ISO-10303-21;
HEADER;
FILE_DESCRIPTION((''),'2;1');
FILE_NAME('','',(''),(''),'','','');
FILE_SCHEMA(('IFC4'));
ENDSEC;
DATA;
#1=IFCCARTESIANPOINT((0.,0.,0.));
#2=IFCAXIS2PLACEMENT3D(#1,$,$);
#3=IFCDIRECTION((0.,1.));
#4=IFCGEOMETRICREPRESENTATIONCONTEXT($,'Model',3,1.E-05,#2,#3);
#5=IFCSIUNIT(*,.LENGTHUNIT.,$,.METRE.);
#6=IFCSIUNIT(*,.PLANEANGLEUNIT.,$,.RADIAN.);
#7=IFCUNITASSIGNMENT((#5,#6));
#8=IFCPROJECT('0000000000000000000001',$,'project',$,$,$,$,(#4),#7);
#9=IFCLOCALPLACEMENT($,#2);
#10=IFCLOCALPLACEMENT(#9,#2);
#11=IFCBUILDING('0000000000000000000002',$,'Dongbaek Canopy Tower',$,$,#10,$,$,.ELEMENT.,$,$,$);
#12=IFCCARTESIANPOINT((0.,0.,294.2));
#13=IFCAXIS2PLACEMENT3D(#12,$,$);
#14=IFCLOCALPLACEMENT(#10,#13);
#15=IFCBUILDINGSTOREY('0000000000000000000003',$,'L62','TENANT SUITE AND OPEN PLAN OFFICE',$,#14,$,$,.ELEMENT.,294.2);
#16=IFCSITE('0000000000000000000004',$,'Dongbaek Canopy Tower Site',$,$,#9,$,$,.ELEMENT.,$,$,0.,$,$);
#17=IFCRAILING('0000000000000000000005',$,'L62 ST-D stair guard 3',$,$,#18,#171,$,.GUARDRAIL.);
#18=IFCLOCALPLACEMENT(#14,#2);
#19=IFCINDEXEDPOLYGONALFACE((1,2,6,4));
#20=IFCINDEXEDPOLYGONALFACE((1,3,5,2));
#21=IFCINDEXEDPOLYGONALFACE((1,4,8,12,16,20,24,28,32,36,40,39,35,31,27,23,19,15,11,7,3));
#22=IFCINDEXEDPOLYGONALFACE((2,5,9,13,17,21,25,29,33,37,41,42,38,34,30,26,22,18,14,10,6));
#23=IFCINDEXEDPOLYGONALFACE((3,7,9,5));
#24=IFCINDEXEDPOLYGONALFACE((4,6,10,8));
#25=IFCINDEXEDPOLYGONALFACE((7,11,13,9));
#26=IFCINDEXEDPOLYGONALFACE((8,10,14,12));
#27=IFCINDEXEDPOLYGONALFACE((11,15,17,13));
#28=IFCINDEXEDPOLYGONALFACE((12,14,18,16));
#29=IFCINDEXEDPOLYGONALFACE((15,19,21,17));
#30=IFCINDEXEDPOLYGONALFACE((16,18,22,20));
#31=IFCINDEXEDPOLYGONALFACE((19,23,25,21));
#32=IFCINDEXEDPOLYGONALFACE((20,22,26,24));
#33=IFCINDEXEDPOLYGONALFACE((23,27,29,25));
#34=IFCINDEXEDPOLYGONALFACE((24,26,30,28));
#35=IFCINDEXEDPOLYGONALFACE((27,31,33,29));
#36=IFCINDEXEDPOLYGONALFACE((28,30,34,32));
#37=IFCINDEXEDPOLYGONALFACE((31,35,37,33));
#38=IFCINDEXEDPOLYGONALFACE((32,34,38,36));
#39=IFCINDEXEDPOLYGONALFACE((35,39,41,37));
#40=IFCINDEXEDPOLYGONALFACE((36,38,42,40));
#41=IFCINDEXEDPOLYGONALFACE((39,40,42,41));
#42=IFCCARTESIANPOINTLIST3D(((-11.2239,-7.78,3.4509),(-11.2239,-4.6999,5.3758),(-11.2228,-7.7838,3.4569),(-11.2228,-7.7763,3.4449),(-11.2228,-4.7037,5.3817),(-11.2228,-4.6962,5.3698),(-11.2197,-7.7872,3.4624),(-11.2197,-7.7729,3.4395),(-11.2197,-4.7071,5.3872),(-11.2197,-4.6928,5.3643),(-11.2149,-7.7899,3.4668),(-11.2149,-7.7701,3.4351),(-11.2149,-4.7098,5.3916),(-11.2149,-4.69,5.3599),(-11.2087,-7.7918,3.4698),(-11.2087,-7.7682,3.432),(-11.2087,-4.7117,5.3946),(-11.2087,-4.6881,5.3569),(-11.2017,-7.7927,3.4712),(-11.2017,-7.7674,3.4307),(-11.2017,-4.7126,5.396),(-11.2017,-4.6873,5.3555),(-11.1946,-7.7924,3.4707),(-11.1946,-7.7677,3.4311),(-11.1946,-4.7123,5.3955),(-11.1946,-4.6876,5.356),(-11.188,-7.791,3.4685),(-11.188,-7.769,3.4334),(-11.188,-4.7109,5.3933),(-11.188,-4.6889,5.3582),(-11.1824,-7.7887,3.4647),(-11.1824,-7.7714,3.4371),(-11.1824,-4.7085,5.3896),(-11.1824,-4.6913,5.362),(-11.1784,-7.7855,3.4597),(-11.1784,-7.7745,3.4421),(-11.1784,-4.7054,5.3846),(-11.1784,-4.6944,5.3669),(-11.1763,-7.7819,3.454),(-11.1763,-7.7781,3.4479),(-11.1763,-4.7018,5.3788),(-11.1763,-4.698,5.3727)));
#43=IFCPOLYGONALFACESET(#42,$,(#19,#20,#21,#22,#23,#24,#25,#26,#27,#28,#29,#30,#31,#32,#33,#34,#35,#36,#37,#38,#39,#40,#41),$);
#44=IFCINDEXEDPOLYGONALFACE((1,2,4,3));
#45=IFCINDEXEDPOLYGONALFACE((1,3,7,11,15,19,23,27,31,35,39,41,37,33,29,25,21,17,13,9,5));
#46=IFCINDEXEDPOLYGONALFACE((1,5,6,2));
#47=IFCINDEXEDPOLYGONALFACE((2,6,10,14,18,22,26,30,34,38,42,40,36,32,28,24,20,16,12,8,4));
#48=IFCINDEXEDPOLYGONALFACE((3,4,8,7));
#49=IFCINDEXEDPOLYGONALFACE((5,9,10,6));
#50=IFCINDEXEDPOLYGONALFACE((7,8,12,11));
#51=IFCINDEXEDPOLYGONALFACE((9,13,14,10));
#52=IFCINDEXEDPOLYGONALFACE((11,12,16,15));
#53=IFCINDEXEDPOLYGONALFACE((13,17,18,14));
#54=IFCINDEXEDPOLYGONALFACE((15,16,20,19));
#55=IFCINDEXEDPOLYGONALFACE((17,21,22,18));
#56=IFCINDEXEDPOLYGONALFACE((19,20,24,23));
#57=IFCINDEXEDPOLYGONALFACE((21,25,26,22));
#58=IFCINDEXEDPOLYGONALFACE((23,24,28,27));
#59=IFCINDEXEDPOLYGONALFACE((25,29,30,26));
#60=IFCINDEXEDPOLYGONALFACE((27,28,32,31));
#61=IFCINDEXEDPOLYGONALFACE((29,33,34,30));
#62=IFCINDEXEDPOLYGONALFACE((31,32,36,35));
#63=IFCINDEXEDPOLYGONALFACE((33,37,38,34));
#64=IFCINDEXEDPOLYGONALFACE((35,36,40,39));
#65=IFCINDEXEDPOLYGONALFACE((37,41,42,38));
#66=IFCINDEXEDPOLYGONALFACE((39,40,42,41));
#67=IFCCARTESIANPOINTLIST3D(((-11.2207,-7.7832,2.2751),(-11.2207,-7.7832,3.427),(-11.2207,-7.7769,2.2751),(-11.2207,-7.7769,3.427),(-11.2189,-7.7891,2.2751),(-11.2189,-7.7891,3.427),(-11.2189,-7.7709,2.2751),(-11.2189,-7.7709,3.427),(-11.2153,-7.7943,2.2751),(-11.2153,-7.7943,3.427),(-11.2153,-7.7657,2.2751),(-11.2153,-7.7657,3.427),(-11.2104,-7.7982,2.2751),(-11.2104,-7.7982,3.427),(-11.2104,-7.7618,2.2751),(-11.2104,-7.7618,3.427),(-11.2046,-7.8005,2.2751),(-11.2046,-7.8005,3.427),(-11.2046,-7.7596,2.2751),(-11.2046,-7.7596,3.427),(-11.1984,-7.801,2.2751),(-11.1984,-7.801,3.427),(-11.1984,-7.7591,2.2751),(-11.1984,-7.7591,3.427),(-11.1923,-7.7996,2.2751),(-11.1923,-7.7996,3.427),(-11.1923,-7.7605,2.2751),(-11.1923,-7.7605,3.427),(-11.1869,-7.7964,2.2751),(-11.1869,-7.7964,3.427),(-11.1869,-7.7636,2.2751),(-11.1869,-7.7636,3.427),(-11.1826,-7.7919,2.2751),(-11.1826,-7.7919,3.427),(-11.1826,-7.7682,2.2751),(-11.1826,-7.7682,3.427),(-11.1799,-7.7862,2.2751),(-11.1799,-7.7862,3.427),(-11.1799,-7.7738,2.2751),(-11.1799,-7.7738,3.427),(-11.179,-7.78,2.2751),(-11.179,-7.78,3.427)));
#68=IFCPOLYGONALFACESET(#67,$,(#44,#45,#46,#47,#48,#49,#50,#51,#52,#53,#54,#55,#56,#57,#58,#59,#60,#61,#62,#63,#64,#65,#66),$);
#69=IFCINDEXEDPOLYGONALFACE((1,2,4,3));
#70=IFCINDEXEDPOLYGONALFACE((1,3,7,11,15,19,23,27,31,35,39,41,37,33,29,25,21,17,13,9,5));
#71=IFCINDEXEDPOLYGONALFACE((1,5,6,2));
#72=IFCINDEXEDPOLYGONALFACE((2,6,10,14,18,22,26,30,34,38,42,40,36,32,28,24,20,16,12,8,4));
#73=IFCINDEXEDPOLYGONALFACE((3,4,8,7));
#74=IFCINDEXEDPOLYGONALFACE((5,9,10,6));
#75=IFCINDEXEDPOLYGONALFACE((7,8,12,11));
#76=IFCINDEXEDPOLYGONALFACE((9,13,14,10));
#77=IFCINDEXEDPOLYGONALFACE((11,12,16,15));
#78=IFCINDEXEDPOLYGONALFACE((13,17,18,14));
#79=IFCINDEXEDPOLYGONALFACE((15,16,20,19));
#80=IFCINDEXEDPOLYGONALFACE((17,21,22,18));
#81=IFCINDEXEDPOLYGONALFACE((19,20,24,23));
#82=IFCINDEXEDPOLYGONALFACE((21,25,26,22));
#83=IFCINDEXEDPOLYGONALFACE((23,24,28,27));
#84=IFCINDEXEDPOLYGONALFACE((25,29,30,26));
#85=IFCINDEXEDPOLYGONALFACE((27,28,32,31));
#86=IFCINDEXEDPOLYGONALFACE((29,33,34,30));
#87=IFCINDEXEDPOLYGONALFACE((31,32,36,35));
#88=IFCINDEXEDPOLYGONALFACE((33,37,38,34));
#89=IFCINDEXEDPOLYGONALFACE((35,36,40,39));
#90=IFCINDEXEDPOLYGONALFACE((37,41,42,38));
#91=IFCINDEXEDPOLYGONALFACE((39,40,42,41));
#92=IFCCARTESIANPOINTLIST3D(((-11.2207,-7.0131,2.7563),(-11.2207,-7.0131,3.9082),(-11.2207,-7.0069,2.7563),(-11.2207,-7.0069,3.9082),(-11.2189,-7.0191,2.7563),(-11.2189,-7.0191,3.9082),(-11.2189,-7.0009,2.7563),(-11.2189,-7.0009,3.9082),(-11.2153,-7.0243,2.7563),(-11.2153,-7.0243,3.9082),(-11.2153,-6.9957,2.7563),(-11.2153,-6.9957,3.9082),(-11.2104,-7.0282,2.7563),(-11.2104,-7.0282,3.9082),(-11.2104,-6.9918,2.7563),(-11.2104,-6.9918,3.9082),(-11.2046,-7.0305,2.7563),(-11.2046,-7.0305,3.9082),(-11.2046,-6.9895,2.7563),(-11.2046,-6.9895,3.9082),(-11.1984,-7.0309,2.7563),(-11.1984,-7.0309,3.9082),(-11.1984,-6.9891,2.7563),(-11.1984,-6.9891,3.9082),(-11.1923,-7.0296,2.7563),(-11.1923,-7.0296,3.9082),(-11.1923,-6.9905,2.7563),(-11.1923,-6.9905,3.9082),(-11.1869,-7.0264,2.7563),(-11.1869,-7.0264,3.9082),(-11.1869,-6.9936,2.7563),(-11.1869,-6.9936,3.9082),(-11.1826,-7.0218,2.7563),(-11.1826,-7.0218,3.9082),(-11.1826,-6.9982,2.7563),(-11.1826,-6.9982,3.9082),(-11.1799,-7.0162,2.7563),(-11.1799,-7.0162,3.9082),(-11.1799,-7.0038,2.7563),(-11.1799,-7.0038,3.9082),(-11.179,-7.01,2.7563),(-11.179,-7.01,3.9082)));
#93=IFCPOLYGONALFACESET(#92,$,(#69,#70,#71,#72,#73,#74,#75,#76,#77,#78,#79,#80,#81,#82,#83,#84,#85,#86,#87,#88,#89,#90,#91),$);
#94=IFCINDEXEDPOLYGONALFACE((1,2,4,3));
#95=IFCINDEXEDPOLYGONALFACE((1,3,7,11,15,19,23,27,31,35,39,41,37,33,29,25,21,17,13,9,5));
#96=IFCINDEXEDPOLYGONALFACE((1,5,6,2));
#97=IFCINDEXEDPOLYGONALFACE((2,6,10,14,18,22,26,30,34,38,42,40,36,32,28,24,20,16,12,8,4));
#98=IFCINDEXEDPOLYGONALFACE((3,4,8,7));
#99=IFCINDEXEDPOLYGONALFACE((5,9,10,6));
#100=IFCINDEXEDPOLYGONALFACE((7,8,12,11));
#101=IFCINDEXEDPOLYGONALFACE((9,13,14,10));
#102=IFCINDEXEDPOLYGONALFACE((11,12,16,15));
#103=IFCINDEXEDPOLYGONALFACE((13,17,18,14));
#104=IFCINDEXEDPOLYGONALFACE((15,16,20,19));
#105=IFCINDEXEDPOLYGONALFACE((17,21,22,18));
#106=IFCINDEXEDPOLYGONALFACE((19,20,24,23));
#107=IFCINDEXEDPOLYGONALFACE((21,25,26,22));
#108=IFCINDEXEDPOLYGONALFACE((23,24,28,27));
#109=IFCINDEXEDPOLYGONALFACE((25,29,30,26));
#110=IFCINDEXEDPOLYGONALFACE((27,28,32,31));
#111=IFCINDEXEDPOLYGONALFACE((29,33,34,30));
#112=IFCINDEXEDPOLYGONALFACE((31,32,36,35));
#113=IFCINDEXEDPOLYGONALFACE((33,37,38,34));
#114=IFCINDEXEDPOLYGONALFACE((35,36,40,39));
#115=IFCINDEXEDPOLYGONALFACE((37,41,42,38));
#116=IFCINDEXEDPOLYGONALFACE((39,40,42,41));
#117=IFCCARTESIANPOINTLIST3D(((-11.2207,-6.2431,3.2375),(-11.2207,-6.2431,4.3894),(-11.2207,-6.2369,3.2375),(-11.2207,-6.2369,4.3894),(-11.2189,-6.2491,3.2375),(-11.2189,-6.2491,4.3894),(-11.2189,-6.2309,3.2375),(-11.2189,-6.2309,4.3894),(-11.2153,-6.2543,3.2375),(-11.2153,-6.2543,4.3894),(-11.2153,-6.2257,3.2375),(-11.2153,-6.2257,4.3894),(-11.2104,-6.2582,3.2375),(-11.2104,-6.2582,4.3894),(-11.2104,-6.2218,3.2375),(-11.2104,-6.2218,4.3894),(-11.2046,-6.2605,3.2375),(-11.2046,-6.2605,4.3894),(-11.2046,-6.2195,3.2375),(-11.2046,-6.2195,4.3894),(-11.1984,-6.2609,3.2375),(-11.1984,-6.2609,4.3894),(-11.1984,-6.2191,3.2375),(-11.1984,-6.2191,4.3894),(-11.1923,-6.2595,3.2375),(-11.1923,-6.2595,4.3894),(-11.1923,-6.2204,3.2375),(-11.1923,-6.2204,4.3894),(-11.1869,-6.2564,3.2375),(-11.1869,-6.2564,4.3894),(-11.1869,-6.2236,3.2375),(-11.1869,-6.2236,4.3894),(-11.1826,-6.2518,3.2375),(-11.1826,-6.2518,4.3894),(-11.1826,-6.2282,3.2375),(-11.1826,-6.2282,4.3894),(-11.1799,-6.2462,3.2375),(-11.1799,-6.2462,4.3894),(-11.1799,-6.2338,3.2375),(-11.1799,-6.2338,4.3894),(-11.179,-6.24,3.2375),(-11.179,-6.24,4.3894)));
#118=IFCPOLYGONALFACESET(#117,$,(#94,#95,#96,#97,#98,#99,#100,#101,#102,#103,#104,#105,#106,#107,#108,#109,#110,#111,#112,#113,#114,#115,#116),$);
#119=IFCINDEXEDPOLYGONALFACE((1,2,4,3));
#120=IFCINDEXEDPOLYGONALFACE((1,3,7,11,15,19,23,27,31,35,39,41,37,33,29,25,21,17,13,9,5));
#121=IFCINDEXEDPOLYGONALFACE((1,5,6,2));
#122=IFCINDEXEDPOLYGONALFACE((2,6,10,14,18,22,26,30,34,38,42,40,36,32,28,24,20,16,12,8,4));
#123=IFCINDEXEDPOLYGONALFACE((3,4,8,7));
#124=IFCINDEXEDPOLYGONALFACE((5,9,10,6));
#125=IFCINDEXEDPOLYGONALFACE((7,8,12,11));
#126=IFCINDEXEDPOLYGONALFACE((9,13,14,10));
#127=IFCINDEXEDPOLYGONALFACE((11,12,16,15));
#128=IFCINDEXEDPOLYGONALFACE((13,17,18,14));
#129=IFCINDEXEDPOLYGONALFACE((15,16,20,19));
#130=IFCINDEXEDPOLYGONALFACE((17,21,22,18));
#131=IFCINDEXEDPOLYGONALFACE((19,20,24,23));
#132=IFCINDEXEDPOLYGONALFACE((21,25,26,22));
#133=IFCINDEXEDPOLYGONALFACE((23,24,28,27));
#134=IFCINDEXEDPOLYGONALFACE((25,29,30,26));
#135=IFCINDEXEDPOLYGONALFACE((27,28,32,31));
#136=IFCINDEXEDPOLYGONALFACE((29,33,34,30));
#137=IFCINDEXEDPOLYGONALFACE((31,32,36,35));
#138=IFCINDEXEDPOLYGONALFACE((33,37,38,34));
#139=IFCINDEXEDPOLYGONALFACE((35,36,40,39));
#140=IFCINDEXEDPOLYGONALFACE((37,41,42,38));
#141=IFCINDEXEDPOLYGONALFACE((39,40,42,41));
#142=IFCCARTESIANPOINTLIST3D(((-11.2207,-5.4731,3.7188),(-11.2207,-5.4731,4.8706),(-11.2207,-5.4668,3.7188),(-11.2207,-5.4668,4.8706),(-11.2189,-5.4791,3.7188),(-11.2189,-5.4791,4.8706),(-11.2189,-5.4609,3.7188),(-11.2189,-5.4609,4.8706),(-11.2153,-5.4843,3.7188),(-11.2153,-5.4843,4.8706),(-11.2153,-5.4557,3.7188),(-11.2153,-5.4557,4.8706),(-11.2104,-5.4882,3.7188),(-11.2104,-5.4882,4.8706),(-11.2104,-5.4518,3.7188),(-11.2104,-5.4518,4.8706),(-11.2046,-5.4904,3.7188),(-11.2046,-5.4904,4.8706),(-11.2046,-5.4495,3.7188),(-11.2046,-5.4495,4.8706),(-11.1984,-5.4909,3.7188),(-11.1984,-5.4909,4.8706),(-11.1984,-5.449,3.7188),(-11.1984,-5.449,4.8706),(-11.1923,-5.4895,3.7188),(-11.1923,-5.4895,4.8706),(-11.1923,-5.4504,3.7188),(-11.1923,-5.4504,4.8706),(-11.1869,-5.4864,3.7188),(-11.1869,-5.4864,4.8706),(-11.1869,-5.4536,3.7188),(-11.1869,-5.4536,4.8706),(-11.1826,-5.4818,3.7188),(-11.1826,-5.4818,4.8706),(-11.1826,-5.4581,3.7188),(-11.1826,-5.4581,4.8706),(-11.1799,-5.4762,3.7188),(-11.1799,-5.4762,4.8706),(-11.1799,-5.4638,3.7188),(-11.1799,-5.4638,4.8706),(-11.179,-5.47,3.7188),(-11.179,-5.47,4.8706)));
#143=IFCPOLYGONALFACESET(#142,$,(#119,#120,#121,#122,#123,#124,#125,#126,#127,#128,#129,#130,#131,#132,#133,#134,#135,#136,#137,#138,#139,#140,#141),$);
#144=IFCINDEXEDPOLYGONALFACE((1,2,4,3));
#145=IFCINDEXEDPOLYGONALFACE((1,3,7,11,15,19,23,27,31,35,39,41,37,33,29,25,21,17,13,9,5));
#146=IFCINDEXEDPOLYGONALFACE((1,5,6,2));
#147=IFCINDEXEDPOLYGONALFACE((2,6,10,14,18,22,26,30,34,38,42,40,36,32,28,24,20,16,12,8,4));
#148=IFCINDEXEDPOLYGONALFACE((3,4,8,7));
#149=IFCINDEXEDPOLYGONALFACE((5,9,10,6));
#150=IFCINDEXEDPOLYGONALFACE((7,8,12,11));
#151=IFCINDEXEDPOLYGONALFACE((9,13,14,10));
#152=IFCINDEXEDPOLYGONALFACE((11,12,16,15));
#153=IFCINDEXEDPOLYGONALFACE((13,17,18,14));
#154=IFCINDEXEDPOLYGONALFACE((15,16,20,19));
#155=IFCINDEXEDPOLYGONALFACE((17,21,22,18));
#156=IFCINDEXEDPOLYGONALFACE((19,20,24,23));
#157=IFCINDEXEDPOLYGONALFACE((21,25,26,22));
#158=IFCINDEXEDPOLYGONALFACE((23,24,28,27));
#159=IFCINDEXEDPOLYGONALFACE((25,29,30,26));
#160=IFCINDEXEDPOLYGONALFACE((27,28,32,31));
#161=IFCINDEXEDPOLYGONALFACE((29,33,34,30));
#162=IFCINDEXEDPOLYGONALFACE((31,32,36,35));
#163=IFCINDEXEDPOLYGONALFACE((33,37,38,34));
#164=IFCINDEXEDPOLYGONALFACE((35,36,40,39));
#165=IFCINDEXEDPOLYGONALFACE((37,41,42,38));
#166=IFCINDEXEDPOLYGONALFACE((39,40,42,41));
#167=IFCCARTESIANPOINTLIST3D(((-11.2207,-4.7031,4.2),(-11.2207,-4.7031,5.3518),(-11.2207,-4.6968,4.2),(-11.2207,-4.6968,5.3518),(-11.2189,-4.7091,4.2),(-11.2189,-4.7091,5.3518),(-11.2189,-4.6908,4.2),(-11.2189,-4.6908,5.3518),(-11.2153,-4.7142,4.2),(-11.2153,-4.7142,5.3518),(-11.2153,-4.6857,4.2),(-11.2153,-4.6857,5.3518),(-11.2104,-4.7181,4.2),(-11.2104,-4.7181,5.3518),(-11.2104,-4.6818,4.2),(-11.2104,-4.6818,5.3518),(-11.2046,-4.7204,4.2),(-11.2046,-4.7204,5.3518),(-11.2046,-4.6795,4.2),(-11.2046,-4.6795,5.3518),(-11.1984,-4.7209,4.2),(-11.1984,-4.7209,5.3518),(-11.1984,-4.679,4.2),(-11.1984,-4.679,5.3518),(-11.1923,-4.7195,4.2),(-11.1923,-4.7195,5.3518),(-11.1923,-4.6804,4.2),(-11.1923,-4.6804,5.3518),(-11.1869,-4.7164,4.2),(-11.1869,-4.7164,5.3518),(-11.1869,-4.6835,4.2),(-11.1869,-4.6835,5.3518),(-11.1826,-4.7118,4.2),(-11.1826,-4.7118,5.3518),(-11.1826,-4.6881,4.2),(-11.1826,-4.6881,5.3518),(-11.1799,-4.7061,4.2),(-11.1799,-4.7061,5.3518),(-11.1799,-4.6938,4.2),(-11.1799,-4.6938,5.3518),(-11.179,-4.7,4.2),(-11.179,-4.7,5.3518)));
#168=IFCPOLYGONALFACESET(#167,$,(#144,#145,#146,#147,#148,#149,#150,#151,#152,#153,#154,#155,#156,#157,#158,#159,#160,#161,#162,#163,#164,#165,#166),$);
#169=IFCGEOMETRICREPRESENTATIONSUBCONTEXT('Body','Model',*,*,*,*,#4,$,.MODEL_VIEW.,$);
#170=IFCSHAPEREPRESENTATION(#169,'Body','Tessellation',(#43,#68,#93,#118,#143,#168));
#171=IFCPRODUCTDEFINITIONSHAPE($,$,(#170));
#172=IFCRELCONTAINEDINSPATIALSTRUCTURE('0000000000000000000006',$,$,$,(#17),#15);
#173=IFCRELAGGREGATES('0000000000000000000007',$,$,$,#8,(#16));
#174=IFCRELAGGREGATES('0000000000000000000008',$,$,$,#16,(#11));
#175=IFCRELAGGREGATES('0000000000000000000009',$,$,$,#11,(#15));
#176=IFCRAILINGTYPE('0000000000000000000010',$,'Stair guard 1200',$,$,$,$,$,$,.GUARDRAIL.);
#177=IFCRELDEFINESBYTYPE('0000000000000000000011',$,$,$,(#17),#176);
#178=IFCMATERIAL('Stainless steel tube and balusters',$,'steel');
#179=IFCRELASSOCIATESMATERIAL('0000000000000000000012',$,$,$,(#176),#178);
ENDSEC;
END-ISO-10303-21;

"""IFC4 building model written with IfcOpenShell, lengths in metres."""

from ifc_helpers import new_model, si_unit, direction, frame, origin, origin_2d, place, context, subcontext, project, spatial, circle, extrude, material, type_object, element, save


model = new_model("IFC4")

# Units and contexts
model_context = context("Model", 3, precision=1e-05, world=origin(), true_north=direction((0.0, 1.0)))
body_context = subcontext(model_context, "Body", "Model", "MODEL_VIEW")
ifc_project = project(units=[si_unit("LENGTHUNIT", "METRE"), si_unit("PLANEANGLEUNIT", "RADIAN")], contexts=[model_context])

# Site, building, storey
site_placement = place(None, origin())
site = spatial("IfcSite", under=ifc_project, at=site_placement, Name="Dongbaek Canopy Tower Site", CompositionType="ELEMENT", RefElevation=0.0)
building_placement = place(site_placement, origin())
building = spatial("IfcBuilding", under=site, at=building_placement, Name="Dongbaek Canopy Tower", CompositionType="ELEMENT")
storey_placement = place(building_placement, frame((0.0, 0.0, 294.2)))
storey = spatial("IfcBuildingStorey", under=building, at=storey_placement, Name="L62", Description="TENANT SUITE AND OPEN PLAN OFFICE", CompositionType="ELEMENT", Elevation=294.2)

# Railing
ifc_material_1 = material(Name="Stainless steel tube and balusters", Category="steel")
railing_type_1 = type_object("IfcRailingType", Name="Stair guard 1200", PredefinedType="GUARDRAIL", material=ifc_material_1)
railing_1_placement = place(storey_placement, frame((-11.2, -7.78, 2.2751)))
element("IfcRailing", 1, at=railing_1_placement, inside=storey, type_object=railing_type_1, Name="L62 ST-D stair guard 3", PredefinedType="GUARDRAIL", context=body_context, shape_type="SweptSolid", body=[
    extrude(circle(Radius=0.0239, at=origin_2d()), frame((0.0, 0.0, 1.1758), z_axis=(0.0, 0.848029, 0.529951), x_axis=(-1.0, 0.0, 0.0)), (0.0, 0.0, 1.0), 3.6321),
    extrude(circle(Radius=0.021, at=origin_2d()), origin(), (0.0, 0.0, 1.0), 1.1519),
    extrude(circle(Radius=0.021, at=origin_2d()), frame((0.0, 0.77, 0.4812)), (0.0, 0.0, 1.0), 1.1519),
    extrude(circle(Radius=0.021, at=origin_2d()), frame((0.0, 1.54, 0.9624)), (0.0, 0.0, 1.0), 1.1519),
    extrude(circle(Radius=0.021, at=origin_2d()), frame((0.0, 2.3101, 1.4436)), (0.0, 0.0, 1.0), 1.1519),
    extrude(circle(Radius=0.021, at=origin_2d()), frame((0.0, 3.0801, 1.9248)), (0.0, 0.0, 1.0), 1.1519),
])

save(model, "model.ifc")
